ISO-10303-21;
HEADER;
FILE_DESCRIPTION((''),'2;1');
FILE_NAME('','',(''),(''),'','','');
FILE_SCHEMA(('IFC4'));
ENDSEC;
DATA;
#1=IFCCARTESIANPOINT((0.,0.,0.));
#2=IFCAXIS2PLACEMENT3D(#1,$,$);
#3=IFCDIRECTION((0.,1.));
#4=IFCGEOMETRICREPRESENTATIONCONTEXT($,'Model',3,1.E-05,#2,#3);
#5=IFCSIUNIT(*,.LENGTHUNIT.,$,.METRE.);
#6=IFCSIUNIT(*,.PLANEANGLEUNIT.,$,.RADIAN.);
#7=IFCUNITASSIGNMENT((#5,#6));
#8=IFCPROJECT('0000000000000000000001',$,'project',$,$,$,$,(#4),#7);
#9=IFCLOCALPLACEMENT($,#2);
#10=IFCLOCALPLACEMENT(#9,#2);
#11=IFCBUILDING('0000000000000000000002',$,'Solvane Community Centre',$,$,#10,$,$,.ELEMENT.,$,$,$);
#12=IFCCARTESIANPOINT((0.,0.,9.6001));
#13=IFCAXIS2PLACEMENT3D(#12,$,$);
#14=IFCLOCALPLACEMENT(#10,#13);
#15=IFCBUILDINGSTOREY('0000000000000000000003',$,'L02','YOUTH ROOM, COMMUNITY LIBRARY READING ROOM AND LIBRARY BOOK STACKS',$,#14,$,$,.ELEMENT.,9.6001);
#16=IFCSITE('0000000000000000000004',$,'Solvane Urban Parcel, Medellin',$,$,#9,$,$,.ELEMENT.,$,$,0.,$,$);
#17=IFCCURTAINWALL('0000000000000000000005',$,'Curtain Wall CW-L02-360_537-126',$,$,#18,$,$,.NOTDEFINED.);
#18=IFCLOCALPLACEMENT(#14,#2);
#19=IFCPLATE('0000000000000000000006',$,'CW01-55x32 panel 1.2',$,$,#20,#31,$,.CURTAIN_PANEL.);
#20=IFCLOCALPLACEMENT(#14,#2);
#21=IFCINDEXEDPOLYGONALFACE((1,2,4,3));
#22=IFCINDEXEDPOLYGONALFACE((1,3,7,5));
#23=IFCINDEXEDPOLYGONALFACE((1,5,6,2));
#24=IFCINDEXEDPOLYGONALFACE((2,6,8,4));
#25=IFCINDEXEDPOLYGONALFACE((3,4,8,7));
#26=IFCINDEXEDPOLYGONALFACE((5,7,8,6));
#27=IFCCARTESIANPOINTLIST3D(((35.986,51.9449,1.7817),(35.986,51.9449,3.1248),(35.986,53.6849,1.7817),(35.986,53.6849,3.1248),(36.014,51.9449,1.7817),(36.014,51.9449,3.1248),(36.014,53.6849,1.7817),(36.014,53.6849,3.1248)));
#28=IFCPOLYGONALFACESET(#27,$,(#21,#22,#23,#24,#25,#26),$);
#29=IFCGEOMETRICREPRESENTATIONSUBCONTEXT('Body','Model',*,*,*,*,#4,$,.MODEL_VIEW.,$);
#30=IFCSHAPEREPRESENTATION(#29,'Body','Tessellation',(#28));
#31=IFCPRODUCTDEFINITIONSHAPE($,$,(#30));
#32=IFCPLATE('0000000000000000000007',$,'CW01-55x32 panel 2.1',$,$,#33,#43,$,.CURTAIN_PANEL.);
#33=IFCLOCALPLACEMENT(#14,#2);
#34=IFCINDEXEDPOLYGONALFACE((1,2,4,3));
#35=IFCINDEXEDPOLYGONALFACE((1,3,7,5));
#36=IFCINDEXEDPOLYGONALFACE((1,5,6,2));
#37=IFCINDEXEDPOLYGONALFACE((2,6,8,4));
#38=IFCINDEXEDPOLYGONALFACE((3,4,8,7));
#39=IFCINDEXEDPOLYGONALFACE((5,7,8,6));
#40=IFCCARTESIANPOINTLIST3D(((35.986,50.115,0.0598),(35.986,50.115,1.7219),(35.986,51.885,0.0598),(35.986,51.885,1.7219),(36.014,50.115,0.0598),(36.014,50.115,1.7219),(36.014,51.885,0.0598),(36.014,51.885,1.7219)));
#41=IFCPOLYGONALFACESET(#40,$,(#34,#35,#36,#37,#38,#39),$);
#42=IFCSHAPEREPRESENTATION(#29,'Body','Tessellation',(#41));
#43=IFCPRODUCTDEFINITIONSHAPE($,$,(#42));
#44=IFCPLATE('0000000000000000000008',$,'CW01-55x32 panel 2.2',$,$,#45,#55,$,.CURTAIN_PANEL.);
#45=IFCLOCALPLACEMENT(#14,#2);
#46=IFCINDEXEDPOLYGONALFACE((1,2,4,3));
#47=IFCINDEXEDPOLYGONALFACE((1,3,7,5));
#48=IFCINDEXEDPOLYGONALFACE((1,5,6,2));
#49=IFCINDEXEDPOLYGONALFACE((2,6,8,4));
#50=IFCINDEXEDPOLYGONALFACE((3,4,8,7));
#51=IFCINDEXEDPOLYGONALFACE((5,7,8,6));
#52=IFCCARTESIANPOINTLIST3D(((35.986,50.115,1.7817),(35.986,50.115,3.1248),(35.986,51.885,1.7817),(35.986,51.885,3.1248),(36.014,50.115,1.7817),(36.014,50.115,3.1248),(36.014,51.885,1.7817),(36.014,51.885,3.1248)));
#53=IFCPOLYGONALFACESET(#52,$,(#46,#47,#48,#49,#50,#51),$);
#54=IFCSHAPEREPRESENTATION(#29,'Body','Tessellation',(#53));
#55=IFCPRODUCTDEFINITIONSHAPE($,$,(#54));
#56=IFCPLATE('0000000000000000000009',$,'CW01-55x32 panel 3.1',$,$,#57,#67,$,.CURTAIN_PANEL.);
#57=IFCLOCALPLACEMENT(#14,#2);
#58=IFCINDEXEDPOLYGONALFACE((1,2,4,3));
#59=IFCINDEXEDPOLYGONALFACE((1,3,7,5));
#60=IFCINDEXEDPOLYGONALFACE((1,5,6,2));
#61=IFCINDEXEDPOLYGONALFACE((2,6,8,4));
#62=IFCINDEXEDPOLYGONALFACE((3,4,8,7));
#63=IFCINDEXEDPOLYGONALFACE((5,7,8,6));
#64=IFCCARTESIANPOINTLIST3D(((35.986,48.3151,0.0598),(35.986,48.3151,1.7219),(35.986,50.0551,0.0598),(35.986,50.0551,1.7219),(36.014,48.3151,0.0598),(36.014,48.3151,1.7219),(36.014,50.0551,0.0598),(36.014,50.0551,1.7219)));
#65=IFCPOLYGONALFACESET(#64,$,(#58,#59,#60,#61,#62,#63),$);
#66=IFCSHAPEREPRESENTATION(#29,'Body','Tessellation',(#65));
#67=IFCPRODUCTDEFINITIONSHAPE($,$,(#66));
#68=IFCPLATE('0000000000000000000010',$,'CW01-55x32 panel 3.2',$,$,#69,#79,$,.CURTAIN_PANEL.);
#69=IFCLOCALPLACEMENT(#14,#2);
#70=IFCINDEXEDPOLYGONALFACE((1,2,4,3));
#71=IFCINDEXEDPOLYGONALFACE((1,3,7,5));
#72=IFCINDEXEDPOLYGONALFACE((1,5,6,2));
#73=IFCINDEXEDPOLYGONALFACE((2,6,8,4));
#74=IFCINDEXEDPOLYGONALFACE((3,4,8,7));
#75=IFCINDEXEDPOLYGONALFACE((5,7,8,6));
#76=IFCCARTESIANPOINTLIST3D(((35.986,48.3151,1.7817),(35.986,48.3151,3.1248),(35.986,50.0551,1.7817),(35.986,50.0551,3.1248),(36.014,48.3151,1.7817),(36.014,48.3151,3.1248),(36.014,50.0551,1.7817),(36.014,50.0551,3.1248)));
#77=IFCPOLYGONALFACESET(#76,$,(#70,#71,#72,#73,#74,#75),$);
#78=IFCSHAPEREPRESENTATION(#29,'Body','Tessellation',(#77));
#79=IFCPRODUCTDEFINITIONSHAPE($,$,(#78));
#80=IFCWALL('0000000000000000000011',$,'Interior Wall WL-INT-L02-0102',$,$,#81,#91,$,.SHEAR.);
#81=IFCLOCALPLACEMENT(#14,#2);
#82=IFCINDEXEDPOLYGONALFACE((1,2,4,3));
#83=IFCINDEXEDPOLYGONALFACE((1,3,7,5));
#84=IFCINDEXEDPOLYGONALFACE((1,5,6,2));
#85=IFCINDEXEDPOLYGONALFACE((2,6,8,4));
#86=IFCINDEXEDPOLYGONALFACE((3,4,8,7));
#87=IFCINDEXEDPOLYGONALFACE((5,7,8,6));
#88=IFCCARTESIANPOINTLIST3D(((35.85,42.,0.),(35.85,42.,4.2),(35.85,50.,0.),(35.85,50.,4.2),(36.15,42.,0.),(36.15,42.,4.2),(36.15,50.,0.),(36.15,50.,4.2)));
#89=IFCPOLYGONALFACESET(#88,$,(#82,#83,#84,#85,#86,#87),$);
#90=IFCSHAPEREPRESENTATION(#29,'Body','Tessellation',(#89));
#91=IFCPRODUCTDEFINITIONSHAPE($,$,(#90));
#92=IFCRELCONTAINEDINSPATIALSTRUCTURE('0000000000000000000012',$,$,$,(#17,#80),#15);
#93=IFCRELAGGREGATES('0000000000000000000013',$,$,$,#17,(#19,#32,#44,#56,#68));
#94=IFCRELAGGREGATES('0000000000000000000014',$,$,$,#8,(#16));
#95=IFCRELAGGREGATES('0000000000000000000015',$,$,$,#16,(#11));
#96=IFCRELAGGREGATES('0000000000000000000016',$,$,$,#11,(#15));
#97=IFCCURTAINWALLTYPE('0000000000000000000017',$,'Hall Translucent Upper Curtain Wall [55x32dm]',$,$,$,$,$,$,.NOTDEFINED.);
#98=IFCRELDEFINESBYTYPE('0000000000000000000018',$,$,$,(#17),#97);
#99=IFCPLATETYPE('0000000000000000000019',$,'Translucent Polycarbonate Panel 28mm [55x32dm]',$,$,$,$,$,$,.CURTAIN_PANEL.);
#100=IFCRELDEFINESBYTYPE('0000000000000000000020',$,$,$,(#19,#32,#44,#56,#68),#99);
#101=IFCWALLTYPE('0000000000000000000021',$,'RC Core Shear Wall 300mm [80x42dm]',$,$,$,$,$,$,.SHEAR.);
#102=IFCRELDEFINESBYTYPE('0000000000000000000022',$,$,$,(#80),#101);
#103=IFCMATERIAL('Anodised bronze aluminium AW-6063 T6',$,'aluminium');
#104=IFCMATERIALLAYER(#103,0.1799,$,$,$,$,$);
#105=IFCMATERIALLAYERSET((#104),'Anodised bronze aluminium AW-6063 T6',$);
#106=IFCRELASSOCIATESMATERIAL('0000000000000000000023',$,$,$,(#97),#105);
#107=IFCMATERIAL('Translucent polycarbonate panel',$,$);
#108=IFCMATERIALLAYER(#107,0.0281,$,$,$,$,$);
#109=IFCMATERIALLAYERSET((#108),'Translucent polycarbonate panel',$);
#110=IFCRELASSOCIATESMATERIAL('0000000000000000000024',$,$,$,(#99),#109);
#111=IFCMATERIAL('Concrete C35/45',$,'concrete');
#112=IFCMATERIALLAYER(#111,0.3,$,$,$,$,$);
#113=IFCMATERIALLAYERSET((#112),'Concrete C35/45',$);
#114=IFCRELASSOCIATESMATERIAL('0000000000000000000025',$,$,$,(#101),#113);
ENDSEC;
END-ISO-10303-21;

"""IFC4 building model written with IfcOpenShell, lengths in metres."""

from ifc_helpers import new_model, si_unit, direction, frame, frame_2d, origin, origin_2d, place, context, subcontext, project, spatial, rectangle, extrude, material, layer, layer_set, type_object, element, aggregate, save


model = new_model("IFC4")

# Units and contexts
model_context = context("Model", 3, precision=1e-05, world=origin(), true_north=direction((0.0, 1.0)))
body_context = subcontext(model_context, "Body", "Model", "MODEL_VIEW")
ifc_project = project(units=[si_unit("LENGTHUNIT", "METRE"), si_unit("PLANEANGLEUNIT", "RADIAN")], contexts=[model_context])

# Site, building, storey
site_placement = place(None, origin())
site = spatial("IfcSite", under=ifc_project, at=site_placement, Name="Solvane Urban Parcel, Medellin", CompositionType="ELEMENT", RefElevation=0.0)
building_placement = place(site_placement, origin())
building = spatial("IfcBuilding", under=site, at=building_placement, Name="Solvane Community Centre", CompositionType="ELEMENT")
storey_placement = place(building_placement, frame((0.0, 0.0, 9.6001)))
storey = spatial("IfcBuildingStorey", under=building, at=storey_placement, Name="L02", Description="YOUTH ROOM, COMMUNITY LIBRARY READING ROOM AND LIBRARY BOOK STACKS", CompositionType="ELEMENT", Elevation=9.6001)

# Curtain wall
ifc_material_1 = material(Name="Anodised bronze aluminium AW-6063 T6", Category="aluminium")
ifc_layer_1 = layer(ifc_material_1, 0.1799)
ifc_layer_set_1 = layer_set([ifc_layer_1], Name="Anodised bronze aluminium AW-6063 T6")
curtain_wall_type = type_object("IfcCurtainWallType", Name="Hall Translucent Upper Curtain Wall [55x32dm]", PredefinedType="NOTDEFINED", material=ifc_layer_set_1)
curtain_wall_placement = place(storey_placement, origin())
curtain_wall = element("IfcCurtainWall", 1, at=curtain_wall_placement, inside=storey, type_object=curtain_wall_type, Name="Curtain Wall CW-L02-360_537-126", PredefinedType="NOTDEFINED")

# Shared definitions
ifc_material_2 = material(Name="Concrete C35/45", Category="concrete")

# Plates
ifc_material_3 = material(Name="Translucent polycarbonate panel")
ifc_layer_2 = layer(ifc_material_3, 0.0281)
ifc_layer_set_2 = layer_set([ifc_layer_2], Name="Translucent polycarbonate panel")
plate_type = type_object("IfcPlateType", Name="Translucent Polycarbonate Panel 28mm [55x32dm]", PredefinedType="CURTAIN_PANEL", material=ifc_layer_set_2)
plate_1_placement = place(storey_placement, frame((36.0, 52.8149, 1.7817), z_axis=(0.0, 0.0, 1.0), x_axis=(0.0, -1.0, 0.0)))
plate_1 = element("IfcPlate", 2, at=plate_1_placement, type_object=plate_type, Name="CW01-55x32 panel 1.2", PredefinedType="CURTAIN_PANEL", context=body_context, shape_type="SweptSolid", body=[
    extrude(rectangle(XDim=1.74, YDim=0.0281, at=origin_2d()), origin(), (0.0, 0.0, 1.0), 1.343),
])
plate_2_placement = place(storey_placement, frame((36.0, 51.0, 0.0598), z_axis=(0.0, 0.0, 1.0), x_axis=(0.0, -1.0, 0.0)))
plate_2 = element("IfcPlate", 3, at=plate_2_placement, type_object=plate_type, Name="CW01-55x32 panel 2.1", PredefinedType="CURTAIN_PANEL", context=body_context, shape_type="SweptSolid", body=[
    extrude(rectangle(XDim=1.77, YDim=0.0281, at=origin_2d()), origin(), (0.0, 0.0, 1.0), 1.6621),
])
plate_3_placement = place(storey_placement, frame((36.0, 51.0, 1.7817), z_axis=(0.0, 0.0, 1.0), x_axis=(0.0, -1.0, 0.0)))
plate_3 = element("IfcPlate", 4, at=plate_3_placement, type_object=plate_type, Name="CW01-55x32 panel 2.2", PredefinedType="CURTAIN_PANEL", context=body_context, shape_type="SweptSolid", body=[
    extrude(rectangle(XDim=1.77, YDim=0.0281, at=origin_2d()), origin(), (0.0, 0.0, 1.0), 1.343),
])
plate_4_placement = place(storey_placement, frame((36.0, 49.1851, 0.0598), z_axis=(0.0, 0.0, 1.0), x_axis=(0.0, -1.0, 0.0)))
plate_4 = element("IfcPlate", 5, at=plate_4_placement, type_object=plate_type, Name="CW01-55x32 panel 3.1", PredefinedType="CURTAIN_PANEL", context=body_context, shape_type="SweptSolid", body=[
    extrude(rectangle(XDim=1.74, YDim=0.0281, at=origin_2d()), origin(), (0.0, 0.0, 1.0), 1.6621),
])
plate_5_placement = place(storey_placement, frame((36.0, 49.1851, 1.7817), z_axis=(0.0, 0.0, 1.0), x_axis=(0.0, -1.0, 0.0)))
plate_5 = element("IfcPlate", 6, at=plate_5_placement, type_object=plate_type, Name="CW01-55x32 panel 3.2", PredefinedType="CURTAIN_PANEL", context=body_context, shape_type="SweptSolid", body=[
    extrude(rectangle(XDim=1.74, YDim=0.0281, at=origin_2d()), origin(), (0.0, 0.0, 1.0), 1.343),
])
aggregate(curtain_wall, [plate_1, plate_2, plate_3, plate_4, plate_5])

# Wall
ifc_layer_3 = layer(ifc_material_2, 0.3)
ifc_layer_set_3 = layer_set([ifc_layer_3], Name="Concrete C35/45")
wall_type = type_object("IfcWallType", Name="RC Core Shear Wall 300mm [80x42dm]", PredefinedType="SHEAR", material=ifc_layer_set_3)
wall_placement = place(storey_placement, frame((36.0, 50.0, 0.0), z_axis=(0.0, 0.0, 1.0), x_axis=(0.0, -1.0, 0.0)))
element("IfcWall", 7, at=wall_placement, inside=storey, type_object=wall_type, Name="Interior Wall WL-INT-L02-0102", PredefinedType="SHEAR", context=body_context, shape_type="SweptSolid", body=[
    extrude(rectangle(XDim=8.0, YDim=0.3, at=frame_2d((4.0, 0.0))), origin(), (0.0, 0.0, 1.0), 4.2),
])

save(model, "model.ifc")
